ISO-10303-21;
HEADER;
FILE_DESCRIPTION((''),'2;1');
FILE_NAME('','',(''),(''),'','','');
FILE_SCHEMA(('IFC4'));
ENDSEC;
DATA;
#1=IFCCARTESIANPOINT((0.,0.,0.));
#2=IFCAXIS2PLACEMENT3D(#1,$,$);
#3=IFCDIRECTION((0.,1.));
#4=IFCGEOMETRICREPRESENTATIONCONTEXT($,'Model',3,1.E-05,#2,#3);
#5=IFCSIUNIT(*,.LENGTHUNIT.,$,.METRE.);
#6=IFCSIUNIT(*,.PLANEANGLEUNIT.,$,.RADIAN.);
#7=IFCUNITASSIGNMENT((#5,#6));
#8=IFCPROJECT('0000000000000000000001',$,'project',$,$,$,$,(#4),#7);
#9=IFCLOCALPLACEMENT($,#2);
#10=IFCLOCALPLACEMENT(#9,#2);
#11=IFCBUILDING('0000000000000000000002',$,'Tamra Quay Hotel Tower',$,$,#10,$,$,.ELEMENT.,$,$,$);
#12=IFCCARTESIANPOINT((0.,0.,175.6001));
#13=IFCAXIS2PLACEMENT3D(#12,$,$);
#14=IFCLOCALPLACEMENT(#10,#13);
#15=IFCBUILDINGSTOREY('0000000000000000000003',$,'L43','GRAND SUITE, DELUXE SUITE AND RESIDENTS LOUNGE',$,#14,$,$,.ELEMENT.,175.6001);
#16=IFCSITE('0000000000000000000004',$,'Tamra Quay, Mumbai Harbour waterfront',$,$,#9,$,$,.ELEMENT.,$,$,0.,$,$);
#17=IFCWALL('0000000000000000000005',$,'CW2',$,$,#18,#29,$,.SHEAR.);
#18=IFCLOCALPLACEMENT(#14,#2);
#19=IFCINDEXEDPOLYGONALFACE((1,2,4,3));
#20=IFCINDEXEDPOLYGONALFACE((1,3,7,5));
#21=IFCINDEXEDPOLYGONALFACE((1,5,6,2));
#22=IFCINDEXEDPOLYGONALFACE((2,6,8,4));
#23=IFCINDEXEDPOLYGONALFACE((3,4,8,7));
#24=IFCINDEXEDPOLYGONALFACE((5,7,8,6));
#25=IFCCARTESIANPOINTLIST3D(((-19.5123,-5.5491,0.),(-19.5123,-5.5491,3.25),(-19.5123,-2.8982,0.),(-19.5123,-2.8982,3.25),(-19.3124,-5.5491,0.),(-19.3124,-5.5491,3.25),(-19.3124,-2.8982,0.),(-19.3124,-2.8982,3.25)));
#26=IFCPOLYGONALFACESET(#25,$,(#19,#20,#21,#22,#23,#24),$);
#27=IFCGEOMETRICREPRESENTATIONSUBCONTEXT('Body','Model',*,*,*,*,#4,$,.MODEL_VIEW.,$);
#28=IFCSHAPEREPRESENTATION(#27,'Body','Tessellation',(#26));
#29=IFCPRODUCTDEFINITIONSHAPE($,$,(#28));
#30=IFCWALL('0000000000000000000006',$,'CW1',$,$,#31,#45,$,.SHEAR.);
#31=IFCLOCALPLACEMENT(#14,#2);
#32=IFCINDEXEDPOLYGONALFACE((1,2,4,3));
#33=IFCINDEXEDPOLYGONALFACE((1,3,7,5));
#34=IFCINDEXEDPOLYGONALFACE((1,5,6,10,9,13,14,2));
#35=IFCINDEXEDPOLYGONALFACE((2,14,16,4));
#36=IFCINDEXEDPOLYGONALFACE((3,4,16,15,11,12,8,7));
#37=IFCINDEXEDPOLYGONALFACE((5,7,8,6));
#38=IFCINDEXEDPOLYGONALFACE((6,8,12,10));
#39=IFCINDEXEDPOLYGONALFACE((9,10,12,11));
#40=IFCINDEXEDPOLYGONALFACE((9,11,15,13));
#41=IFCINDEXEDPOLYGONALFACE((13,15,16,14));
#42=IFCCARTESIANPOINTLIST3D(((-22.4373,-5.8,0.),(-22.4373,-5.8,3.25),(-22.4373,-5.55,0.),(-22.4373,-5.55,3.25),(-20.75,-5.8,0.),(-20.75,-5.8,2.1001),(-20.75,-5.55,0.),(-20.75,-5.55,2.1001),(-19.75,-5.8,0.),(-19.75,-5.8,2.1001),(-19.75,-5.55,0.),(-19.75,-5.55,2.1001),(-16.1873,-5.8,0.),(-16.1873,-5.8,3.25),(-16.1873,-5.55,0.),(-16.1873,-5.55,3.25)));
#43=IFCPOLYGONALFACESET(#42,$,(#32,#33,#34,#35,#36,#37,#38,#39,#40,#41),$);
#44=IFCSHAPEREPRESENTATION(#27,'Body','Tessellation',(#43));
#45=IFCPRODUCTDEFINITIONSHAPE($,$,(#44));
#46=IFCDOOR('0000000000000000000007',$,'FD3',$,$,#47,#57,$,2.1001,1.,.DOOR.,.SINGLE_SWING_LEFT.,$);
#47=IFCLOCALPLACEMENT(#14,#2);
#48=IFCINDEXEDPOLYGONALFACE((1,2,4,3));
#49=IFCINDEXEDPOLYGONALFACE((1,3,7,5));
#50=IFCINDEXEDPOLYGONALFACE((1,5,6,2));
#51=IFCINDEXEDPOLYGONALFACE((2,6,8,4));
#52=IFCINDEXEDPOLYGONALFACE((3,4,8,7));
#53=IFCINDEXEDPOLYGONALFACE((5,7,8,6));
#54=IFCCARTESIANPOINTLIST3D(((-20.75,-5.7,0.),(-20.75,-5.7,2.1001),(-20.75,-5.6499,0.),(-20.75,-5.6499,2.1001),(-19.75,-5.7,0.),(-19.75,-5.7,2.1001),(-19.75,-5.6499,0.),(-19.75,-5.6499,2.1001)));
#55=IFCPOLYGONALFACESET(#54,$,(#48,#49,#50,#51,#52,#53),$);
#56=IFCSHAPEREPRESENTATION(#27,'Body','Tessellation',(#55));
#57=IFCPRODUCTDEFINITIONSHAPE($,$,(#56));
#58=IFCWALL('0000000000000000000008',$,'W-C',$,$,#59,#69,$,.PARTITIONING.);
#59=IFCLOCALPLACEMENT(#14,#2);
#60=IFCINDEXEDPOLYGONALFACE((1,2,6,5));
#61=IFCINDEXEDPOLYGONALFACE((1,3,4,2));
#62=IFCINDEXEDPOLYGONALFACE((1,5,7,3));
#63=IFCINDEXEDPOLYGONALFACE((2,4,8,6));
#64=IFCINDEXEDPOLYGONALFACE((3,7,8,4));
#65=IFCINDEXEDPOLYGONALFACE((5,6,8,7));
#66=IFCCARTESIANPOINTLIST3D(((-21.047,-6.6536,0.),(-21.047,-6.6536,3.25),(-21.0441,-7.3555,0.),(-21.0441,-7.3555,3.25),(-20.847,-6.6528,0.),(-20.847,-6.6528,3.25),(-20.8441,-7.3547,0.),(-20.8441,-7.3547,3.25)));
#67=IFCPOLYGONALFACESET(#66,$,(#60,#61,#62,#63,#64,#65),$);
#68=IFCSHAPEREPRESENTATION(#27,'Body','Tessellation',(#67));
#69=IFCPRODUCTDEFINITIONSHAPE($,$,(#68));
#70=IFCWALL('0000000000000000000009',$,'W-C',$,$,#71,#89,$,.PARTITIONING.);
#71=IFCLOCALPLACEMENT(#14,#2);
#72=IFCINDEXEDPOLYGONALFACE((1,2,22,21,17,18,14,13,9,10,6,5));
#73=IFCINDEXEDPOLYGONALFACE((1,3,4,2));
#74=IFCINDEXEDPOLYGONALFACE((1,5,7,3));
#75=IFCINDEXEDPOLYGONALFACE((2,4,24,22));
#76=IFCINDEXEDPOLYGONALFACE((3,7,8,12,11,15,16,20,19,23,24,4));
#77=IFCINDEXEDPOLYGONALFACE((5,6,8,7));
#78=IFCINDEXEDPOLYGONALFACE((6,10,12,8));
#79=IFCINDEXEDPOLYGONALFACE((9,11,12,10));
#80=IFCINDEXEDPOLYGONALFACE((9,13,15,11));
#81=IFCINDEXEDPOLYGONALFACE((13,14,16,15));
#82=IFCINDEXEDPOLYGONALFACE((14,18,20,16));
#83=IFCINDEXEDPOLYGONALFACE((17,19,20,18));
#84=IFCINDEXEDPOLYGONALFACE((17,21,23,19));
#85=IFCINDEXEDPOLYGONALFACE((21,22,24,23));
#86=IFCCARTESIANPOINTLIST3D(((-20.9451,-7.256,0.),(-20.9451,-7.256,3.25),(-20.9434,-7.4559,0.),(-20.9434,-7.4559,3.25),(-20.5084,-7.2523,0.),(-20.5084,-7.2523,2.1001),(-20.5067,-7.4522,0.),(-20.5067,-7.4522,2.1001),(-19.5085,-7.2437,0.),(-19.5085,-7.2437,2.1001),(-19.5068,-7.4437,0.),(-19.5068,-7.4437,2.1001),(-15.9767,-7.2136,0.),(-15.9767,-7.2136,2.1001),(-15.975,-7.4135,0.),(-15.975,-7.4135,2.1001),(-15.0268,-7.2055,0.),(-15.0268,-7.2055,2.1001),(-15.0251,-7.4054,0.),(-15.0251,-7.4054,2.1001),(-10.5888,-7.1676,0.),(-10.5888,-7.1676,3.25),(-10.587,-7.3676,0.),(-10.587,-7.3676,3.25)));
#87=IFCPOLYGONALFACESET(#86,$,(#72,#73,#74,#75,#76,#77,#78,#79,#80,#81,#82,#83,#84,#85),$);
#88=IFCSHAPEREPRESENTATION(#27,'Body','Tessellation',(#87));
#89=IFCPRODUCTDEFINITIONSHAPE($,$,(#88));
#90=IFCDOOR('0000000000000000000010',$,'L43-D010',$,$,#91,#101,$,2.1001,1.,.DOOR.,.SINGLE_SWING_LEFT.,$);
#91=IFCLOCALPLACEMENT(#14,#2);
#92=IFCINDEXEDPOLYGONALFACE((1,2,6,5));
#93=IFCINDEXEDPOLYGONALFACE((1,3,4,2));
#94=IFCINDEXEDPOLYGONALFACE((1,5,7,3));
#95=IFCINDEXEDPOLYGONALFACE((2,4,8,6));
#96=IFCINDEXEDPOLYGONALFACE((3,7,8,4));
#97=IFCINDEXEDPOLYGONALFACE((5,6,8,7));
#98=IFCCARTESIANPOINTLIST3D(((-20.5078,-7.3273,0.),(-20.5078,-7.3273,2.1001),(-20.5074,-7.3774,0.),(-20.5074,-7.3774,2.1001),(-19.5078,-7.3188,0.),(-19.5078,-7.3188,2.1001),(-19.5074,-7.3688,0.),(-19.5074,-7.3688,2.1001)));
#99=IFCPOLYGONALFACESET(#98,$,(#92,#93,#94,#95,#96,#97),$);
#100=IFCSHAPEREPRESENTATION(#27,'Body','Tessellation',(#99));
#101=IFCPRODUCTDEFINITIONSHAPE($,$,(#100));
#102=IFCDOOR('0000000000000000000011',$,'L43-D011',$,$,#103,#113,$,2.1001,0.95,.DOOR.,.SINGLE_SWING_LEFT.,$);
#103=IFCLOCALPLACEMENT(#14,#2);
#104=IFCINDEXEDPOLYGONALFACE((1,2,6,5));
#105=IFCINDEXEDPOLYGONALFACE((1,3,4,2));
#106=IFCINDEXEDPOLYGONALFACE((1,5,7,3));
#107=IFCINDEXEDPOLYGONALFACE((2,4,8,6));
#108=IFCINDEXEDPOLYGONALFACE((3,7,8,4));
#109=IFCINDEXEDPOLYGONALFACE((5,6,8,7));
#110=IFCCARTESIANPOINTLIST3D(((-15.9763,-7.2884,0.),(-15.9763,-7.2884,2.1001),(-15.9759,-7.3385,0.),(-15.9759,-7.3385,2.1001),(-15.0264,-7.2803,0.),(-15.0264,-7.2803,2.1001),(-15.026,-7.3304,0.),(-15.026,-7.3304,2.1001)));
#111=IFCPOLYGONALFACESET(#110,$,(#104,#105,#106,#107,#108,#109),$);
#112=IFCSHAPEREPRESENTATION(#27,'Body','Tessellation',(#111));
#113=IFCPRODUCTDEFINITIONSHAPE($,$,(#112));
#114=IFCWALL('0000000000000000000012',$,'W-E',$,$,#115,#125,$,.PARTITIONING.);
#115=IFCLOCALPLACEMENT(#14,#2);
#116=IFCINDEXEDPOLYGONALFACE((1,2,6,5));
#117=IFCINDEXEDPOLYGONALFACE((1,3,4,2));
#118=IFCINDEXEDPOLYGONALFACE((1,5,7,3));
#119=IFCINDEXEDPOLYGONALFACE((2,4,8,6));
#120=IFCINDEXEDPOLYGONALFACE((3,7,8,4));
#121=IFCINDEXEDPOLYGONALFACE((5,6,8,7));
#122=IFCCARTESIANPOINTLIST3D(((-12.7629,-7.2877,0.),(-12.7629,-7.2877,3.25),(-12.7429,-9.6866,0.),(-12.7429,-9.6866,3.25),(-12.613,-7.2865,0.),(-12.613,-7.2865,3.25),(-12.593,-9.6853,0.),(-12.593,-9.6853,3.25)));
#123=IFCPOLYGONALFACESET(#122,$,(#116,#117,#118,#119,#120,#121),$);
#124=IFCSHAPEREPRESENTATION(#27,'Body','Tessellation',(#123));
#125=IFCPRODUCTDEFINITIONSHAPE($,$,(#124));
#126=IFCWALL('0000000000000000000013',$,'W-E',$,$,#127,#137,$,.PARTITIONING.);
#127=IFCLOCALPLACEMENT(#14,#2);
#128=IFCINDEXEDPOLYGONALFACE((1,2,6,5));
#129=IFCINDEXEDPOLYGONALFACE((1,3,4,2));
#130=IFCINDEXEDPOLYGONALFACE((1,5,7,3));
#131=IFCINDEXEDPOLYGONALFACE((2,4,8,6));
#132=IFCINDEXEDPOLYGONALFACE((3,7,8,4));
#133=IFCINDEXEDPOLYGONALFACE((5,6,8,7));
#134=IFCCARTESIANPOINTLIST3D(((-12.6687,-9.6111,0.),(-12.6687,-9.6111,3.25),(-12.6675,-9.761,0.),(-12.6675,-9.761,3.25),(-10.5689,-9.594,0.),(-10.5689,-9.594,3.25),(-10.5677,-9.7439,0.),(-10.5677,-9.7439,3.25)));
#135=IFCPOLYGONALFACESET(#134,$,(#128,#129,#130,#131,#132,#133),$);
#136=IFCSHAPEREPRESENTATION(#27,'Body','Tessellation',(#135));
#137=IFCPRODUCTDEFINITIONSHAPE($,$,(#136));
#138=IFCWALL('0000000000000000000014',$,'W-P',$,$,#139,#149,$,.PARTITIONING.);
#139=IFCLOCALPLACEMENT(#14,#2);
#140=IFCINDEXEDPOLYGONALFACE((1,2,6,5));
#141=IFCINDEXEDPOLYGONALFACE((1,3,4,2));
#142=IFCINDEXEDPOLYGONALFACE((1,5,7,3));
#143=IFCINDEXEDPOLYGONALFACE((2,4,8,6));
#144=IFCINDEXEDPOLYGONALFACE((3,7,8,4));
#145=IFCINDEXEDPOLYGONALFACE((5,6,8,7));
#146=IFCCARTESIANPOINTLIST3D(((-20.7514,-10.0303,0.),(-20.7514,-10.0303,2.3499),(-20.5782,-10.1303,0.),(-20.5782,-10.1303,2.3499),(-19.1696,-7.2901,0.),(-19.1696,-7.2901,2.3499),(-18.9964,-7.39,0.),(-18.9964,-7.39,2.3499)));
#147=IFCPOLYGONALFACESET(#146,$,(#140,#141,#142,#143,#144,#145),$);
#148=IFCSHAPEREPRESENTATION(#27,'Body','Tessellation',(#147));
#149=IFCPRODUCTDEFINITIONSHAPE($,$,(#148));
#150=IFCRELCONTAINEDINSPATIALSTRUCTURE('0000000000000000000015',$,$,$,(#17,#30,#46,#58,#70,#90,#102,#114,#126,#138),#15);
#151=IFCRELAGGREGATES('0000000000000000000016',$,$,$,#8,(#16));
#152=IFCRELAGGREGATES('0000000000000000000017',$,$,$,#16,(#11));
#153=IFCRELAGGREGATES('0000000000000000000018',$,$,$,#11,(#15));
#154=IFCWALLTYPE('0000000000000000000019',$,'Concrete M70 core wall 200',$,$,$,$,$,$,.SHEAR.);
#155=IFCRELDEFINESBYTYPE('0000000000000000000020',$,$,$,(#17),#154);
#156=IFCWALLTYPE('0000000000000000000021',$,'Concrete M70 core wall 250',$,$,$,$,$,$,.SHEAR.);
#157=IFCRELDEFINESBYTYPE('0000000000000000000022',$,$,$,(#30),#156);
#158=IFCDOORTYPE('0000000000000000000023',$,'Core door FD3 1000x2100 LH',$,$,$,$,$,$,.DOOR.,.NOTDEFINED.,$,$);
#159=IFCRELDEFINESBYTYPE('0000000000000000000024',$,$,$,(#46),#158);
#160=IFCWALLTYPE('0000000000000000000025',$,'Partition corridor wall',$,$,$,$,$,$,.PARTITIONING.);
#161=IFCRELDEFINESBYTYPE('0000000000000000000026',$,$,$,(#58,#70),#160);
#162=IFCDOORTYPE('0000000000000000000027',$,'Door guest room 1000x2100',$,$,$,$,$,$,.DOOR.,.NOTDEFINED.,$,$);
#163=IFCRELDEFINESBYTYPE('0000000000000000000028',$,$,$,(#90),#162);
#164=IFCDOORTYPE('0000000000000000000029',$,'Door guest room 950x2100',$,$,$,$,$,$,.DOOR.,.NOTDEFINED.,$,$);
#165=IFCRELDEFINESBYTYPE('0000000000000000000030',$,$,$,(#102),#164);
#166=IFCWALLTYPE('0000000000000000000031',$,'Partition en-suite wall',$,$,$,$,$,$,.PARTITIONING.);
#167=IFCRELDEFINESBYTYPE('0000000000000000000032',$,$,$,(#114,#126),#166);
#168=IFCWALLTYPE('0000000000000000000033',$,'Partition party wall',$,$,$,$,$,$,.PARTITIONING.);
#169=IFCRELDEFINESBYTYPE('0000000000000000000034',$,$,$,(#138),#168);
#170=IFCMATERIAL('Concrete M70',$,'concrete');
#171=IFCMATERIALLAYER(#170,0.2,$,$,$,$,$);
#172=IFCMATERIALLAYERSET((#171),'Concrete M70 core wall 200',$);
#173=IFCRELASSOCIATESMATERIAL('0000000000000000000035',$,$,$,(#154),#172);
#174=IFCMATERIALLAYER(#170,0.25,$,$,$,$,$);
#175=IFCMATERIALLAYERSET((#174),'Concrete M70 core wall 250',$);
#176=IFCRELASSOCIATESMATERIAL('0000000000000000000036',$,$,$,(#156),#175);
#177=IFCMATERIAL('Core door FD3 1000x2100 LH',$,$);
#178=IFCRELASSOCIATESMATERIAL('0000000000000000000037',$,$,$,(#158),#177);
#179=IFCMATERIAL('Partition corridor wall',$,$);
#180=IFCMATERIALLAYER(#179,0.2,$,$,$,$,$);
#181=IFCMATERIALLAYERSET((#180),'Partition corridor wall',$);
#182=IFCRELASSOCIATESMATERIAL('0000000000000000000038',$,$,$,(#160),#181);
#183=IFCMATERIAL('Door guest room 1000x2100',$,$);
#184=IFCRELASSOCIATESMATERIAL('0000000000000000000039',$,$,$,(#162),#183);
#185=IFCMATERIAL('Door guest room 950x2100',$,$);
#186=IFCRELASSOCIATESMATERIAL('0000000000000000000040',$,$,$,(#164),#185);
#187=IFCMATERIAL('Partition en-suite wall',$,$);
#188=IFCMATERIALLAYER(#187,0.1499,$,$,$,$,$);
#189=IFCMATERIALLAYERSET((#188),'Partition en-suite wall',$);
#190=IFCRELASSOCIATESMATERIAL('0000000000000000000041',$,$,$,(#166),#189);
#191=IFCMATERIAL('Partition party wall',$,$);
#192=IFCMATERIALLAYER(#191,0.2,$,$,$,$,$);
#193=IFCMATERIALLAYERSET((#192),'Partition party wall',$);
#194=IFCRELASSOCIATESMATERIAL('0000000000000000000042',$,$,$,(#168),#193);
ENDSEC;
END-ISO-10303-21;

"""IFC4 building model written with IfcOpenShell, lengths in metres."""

from ifc_helpers import new_model, si_unit, direction, frame, frame_2d, origin, place, context, subcontext, project, spatial, rectangle, extrude, material, layer, layer_set, type_object, element, fill, save


model = new_model("IFC4")

# Units and contexts
model_context = context("Model", 3, precision=1e-05, world=origin(), true_north=direction((0.0, 1.0)))
body_context = subcontext(model_context, "Body", "Model", "MODEL_VIEW")
ifc_project = project(units=[si_unit("LENGTHUNIT", "METRE"), si_unit("PLANEANGLEUNIT", "RADIAN")], contexts=[model_context])

# Site, building, storey
site_placement = place(None, origin())
site = spatial("IfcSite", under=ifc_project, at=site_placement, Name="Tamra Quay, Mumbai Harbour waterfront", CompositionType="ELEMENT", RefElevation=0.0)
building_placement = place(site_placement, origin())
building = spatial("IfcBuilding", under=site, at=building_placement, Name="Tamra Quay Hotel Tower", CompositionType="ELEMENT")
storey_placement = place(building_placement, frame((0.0, 0.0, 175.6001)))
storey = spatial("IfcBuildingStorey", under=building, at=storey_placement, Name="L43", Description="GRAND SUITE, DELUXE SUITE AND RESIDENTS LOUNGE", CompositionType="ELEMENT", Elevation=175.6001)

# Shared definitions
ifc_material_1 = material(Name="Concrete M70", Category="concrete")

# Shared definitions
ifc_layer_1 = layer(ifc_material_1, 0.2)
ifc_layer_set_1 = layer_set([ifc_layer_1], Name="Concrete M70 core wall 200")
wall_type_1 = type_object("IfcWallType", Name="Concrete M70 core wall 200", PredefinedType="SHEAR", material=ifc_layer_set_1)

# Wall
wall_1_placement = place(storey_placement, frame((-19.4124, -5.5491, 0.0), z_axis=(0.0, 0.0, 1.0), x_axis=(0.0, 1.0, 0.0)))
element("IfcWall", 1, at=wall_1_placement, inside=storey, type_object=wall_type_1, Name="CW2", PredefinedType="SHEAR", context=body_context, shape_type="SweptSolid", body=[
    extrude(rectangle(XDim=2.6509, YDim=0.2, at=frame_2d((1.3254, 0.0))), origin(), (0.0, 0.0, 1.0), 3.25),
])

# Wall, opening, door
ifc_layer_2 = layer(ifc_material_1, 0.25)
ifc_layer_set_2 = layer_set([ifc_layer_2], Name="Concrete M70 core wall 250")
wall_type_2 = type_object("IfcWallType", Name="Concrete M70 core wall 250", PredefinedType="SHEAR", material=ifc_layer_set_2)
wall_2_placement = place(storey_placement, frame((-16.1873, -5.675, 0.0), z_axis=(0.0, 0.0, 1.0), x_axis=(-1.0, 0.0, 0.0)))
wall_2 = element("IfcWall", 2, at=wall_2_placement, inside=storey, type_object=wall_type_2, Name="CW1", PredefinedType="SHEAR", context=body_context, shape_type="SweptSolid", body=[
    extrude(rectangle(XDim=6.25, YDim=0.25, at=frame_2d((3.125, 0.0))), origin(), (0.0, 0.0, 1.0), 3.25),
])
opening_1_placement = place(wall_2_placement, frame((3.5627, 0.0, 0.0)))
opening_1 = element("IfcOpeningElement", 3, at=opening_1_placement, cuts=wall_2, PredefinedType="OPENING", context=body_context, shape_type="SweptSolid", body=[
    extrude(rectangle(XDim=1.0, YDim=2.1001, at=frame_2d((0.5, 1.05))), frame((0.0, 0.135, 0.0), z_axis=(0.0, -1.0, 0.0), x_axis=(1.0, 0.0, 0.0)), (0.0, 0.0, 1.0), 0.27),
])
ifc_material_2 = material(Name="Core door FD3 1000x2100 LH")
door_type_1 = type_object("IfcDoorType", Name="Core door FD3 1000x2100 LH", OperationType="NOTDEFINED", PredefinedType="DOOR", material=ifc_material_2)
door_1_placement = place(opening_1_placement, origin())
door_1 = element("IfcDoor", 4, at=door_1_placement, inside=storey, type_object=door_type_1, Name="FD3", OperationType="SINGLE_SWING_LEFT", OverallHeight=2.1001, OverallWidth=1.0, PredefinedType="DOOR", context=body_context, shape_type="SweptSolid", body=[
    extrude(rectangle(XDim=1.0, YDim=2.1001, at=frame_2d((0.5, 1.05))), frame((0.0, 0.0249, 0.0), z_axis=(0.0, -1.0, 0.0), x_axis=(1.0, 0.0, 0.0)), (0.0, 0.0, 1.0), 0.05),
])
fill(opening_1, door_1)

# Wall
ifc_material_3 = material(Name="Partition corridor wall")
ifc_layer_3 = layer(ifc_material_3, 0.2)
ifc_layer_set_3 = layer_set([ifc_layer_3], Name="Partition corridor wall")
wall_type_3 = type_object("IfcWallType", Name="Partition corridor wall", PredefinedType="PARTITIONING", material=ifc_layer_set_3)
wall_3_placement = place(storey_placement, frame((-20.947, -6.6531, 0.0), z_axis=(0.0, 0.0, 1.0), x_axis=(0.004174, -0.999991, 0.0)))
element("IfcWall", 5, at=wall_3_placement, inside=storey, type_object=wall_type_3, Name="W-C", PredefinedType="PARTITIONING", context=body_context, shape_type="SweptSolid", body=[
    extrude(rectangle(XDim=0.7019, YDim=0.2, at=frame_2d((0.3511, 0.0))), origin(), (0.0, 0.0, 1.0), 3.25),
])

# Wall, openings, doors
wall_4_placement = place(storey_placement, frame((-20.9441, -7.356, 0.0), z_axis=(0.0, 0.0, 1.0), x_axis=(0.999964, 0.008534, 0.0)))
wall_4 = element("IfcWall", 6, at=wall_4_placement, inside=storey, type_object=wall_type_3, Name="W-C", PredefinedType="PARTITIONING", context=body_context, shape_type="SweptSolid", body=[
    extrude(rectangle(XDim=10.3567, YDim=0.2, at=frame_2d((5.1782, 0.0))), origin(), (0.0, 0.0, 1.0), 3.25),
])
opening_2_placement = place(wall_4_placement, frame((0.4365, 0.0, 0.0)))
opening_2 = element("IfcOpeningElement", 7, at=opening_2_placement, cuts=wall_4, PredefinedType="OPENING", context=body_context, shape_type="SweptSolid", body=[
    extrude(rectangle(XDim=1.0, YDim=2.1001, at=frame_2d((0.5, 1.05))), frame((0.0, 0.1099, 0.0), z_axis=(0.0, -1.0, 0.0), x_axis=(1.0, 0.0, 0.0)), (0.0, 0.0, 1.0), 0.22),
])
opening_3_placement = place(wall_4_placement, frame((4.9683, 0.0, 0.0)))
opening_3 = element("IfcOpeningElement", 8, at=opening_3_placement, cuts=wall_4, PredefinedType="OPENING", context=body_context, shape_type="SweptSolid", body=[
    extrude(rectangle(XDim=0.95, YDim=2.1001, at=frame_2d((0.4751, 1.05))), frame((0.0, 0.1099, 0.0), z_axis=(0.0, -1.0, 0.0), x_axis=(1.0, 0.0, 0.0)), (0.0, 0.0, 1.0), 0.22),
])
ifc_material_4 = material(Name="Door guest room 1000x2100")
door_type_2 = type_object("IfcDoorType", Name="Door guest room 1000x2100", OperationType="NOTDEFINED", PredefinedType="DOOR", material=ifc_material_4)
door_2_placement = place(opening_2_placement, origin())
door_2 = element("IfcDoor", 9, at=door_2_placement, inside=storey, type_object=door_type_2, Name="L43-D010", OperationType="SINGLE_SWING_LEFT", OverallHeight=2.1001, OverallWidth=1.0, PredefinedType="DOOR", context=body_context, shape_type="SweptSolid", body=[
    extrude(rectangle(XDim=1.0, YDim=2.1001, at=frame_2d((0.5, 1.05))), frame((0.0, 0.0249, 0.0), z_axis=(0.0, -1.0, 0.0), x_axis=(1.0, 0.0, 0.0)), (0.0, 0.0, 1.0), 0.05),
])
fill(opening_2, door_2)
ifc_material_5 = material(Name="Door guest room 950x2100")
door_type_3 = type_object("IfcDoorType", Name="Door guest room 950x2100", OperationType="NOTDEFINED", PredefinedType="DOOR", material=ifc_material_5)
door_3_placement = place(opening_3_placement, frame((0.95, 0.0, 0.0), z_axis=(0.0, 0.0, 1.0), x_axis=(-1.0, 0.0, 0.0)))
door_3 = element("IfcDoor", 10, at=door_3_placement, inside=storey, type_object=door_type_3, Name="L43-D011", OperationType="SINGLE_SWING_LEFT", OverallHeight=2.1001, OverallWidth=0.95, PredefinedType="DOOR", context=body_context, shape_type="SweptSolid", body=[
    extrude(rectangle(XDim=0.95, YDim=2.1001, at=frame_2d((0.4751, 1.05))), frame((0.0, 0.0249, 0.0), z_axis=(0.0, -1.0, 0.0), x_axis=(1.0, 0.0, 0.0)), (0.0, 0.0, 1.0), 0.05),
])
fill(opening_3, door_3)

# Walls
ifc_material_6 = material(Name="Partition en-suite wall")
ifc_layer_4 = layer(ifc_material_6, 0.1499)
ifc_layer_set_4 = layer_set([ifc_layer_4], Name="Partition en-suite wall")
wall_type_4 = type_object("IfcWallType", Name="Partition en-suite wall", PredefinedType="PARTITIONING", material=ifc_layer_set_4)
wall_5_placement = place(storey_placement, frame((-12.688, -7.2871, 0.0), z_axis=(0.0, 0.0, 1.0), x_axis=(0.008345, -0.999965, 0.0)))
element("IfcWall", 11, at=wall_5_placement, inside=storey, type_object=wall_type_4, Name="W-E", PredefinedType="PARTITIONING", context=body_context, shape_type="SweptSolid", body=[
    extrude(rectangle(XDim=2.3989, YDim=0.1499, at=frame_2d((1.1995, 0.0))), origin(), (0.0, 0.0, 1.0), 3.25),
])
wall_6_placement = place(storey_placement, frame((-12.668, -9.686, 0.0), z_axis=(0.0, 0.0, 1.0), x_axis=(0.999967, 0.008138, 0.0)))
element("IfcWall", 12, at=wall_6_placement, inside=storey, type_object=wall_type_4, Name="W-E", PredefinedType="PARTITIONING", context=body_context, shape_type="SweptSolid", body=[
    extrude(rectangle(XDim=2.0999, YDim=0.1499, at=frame_2d((1.0498, 0.0))), origin(), (0.0, 0.0, 1.0), 3.25),
])
ifc_material_7 = material(Name="Partition party wall")
ifc_layer_5 = layer(ifc_material_7, 0.2)
ifc_layer_set_5 = layer_set([ifc_layer_5], Name="Partition party wall")
wall_type_5 = type_object("IfcWallType", Name="Partition party wall", PredefinedType="PARTITIONING", material=ifc_layer_set_5)
wall_7_placement = place(storey_placement, frame((-20.6648, -10.0803, 0.0), z_axis=(0.0, 0.0, 1.0), x_axis=(0.499932, 0.866065, 0.0)))
element("IfcWall", 13, at=wall_7_placement, inside=storey, type_object=wall_type_5, Name="W-P", PredefinedType="PARTITIONING", context=body_context, shape_type="SweptSolid", body=[
    extrude(rectangle(XDim=3.1641, YDim=0.2, at=frame_2d((1.582, 0.0))), origin(), (0.0, 0.0, 1.0), 2.3499),
])

save(model, "model.ifc")
